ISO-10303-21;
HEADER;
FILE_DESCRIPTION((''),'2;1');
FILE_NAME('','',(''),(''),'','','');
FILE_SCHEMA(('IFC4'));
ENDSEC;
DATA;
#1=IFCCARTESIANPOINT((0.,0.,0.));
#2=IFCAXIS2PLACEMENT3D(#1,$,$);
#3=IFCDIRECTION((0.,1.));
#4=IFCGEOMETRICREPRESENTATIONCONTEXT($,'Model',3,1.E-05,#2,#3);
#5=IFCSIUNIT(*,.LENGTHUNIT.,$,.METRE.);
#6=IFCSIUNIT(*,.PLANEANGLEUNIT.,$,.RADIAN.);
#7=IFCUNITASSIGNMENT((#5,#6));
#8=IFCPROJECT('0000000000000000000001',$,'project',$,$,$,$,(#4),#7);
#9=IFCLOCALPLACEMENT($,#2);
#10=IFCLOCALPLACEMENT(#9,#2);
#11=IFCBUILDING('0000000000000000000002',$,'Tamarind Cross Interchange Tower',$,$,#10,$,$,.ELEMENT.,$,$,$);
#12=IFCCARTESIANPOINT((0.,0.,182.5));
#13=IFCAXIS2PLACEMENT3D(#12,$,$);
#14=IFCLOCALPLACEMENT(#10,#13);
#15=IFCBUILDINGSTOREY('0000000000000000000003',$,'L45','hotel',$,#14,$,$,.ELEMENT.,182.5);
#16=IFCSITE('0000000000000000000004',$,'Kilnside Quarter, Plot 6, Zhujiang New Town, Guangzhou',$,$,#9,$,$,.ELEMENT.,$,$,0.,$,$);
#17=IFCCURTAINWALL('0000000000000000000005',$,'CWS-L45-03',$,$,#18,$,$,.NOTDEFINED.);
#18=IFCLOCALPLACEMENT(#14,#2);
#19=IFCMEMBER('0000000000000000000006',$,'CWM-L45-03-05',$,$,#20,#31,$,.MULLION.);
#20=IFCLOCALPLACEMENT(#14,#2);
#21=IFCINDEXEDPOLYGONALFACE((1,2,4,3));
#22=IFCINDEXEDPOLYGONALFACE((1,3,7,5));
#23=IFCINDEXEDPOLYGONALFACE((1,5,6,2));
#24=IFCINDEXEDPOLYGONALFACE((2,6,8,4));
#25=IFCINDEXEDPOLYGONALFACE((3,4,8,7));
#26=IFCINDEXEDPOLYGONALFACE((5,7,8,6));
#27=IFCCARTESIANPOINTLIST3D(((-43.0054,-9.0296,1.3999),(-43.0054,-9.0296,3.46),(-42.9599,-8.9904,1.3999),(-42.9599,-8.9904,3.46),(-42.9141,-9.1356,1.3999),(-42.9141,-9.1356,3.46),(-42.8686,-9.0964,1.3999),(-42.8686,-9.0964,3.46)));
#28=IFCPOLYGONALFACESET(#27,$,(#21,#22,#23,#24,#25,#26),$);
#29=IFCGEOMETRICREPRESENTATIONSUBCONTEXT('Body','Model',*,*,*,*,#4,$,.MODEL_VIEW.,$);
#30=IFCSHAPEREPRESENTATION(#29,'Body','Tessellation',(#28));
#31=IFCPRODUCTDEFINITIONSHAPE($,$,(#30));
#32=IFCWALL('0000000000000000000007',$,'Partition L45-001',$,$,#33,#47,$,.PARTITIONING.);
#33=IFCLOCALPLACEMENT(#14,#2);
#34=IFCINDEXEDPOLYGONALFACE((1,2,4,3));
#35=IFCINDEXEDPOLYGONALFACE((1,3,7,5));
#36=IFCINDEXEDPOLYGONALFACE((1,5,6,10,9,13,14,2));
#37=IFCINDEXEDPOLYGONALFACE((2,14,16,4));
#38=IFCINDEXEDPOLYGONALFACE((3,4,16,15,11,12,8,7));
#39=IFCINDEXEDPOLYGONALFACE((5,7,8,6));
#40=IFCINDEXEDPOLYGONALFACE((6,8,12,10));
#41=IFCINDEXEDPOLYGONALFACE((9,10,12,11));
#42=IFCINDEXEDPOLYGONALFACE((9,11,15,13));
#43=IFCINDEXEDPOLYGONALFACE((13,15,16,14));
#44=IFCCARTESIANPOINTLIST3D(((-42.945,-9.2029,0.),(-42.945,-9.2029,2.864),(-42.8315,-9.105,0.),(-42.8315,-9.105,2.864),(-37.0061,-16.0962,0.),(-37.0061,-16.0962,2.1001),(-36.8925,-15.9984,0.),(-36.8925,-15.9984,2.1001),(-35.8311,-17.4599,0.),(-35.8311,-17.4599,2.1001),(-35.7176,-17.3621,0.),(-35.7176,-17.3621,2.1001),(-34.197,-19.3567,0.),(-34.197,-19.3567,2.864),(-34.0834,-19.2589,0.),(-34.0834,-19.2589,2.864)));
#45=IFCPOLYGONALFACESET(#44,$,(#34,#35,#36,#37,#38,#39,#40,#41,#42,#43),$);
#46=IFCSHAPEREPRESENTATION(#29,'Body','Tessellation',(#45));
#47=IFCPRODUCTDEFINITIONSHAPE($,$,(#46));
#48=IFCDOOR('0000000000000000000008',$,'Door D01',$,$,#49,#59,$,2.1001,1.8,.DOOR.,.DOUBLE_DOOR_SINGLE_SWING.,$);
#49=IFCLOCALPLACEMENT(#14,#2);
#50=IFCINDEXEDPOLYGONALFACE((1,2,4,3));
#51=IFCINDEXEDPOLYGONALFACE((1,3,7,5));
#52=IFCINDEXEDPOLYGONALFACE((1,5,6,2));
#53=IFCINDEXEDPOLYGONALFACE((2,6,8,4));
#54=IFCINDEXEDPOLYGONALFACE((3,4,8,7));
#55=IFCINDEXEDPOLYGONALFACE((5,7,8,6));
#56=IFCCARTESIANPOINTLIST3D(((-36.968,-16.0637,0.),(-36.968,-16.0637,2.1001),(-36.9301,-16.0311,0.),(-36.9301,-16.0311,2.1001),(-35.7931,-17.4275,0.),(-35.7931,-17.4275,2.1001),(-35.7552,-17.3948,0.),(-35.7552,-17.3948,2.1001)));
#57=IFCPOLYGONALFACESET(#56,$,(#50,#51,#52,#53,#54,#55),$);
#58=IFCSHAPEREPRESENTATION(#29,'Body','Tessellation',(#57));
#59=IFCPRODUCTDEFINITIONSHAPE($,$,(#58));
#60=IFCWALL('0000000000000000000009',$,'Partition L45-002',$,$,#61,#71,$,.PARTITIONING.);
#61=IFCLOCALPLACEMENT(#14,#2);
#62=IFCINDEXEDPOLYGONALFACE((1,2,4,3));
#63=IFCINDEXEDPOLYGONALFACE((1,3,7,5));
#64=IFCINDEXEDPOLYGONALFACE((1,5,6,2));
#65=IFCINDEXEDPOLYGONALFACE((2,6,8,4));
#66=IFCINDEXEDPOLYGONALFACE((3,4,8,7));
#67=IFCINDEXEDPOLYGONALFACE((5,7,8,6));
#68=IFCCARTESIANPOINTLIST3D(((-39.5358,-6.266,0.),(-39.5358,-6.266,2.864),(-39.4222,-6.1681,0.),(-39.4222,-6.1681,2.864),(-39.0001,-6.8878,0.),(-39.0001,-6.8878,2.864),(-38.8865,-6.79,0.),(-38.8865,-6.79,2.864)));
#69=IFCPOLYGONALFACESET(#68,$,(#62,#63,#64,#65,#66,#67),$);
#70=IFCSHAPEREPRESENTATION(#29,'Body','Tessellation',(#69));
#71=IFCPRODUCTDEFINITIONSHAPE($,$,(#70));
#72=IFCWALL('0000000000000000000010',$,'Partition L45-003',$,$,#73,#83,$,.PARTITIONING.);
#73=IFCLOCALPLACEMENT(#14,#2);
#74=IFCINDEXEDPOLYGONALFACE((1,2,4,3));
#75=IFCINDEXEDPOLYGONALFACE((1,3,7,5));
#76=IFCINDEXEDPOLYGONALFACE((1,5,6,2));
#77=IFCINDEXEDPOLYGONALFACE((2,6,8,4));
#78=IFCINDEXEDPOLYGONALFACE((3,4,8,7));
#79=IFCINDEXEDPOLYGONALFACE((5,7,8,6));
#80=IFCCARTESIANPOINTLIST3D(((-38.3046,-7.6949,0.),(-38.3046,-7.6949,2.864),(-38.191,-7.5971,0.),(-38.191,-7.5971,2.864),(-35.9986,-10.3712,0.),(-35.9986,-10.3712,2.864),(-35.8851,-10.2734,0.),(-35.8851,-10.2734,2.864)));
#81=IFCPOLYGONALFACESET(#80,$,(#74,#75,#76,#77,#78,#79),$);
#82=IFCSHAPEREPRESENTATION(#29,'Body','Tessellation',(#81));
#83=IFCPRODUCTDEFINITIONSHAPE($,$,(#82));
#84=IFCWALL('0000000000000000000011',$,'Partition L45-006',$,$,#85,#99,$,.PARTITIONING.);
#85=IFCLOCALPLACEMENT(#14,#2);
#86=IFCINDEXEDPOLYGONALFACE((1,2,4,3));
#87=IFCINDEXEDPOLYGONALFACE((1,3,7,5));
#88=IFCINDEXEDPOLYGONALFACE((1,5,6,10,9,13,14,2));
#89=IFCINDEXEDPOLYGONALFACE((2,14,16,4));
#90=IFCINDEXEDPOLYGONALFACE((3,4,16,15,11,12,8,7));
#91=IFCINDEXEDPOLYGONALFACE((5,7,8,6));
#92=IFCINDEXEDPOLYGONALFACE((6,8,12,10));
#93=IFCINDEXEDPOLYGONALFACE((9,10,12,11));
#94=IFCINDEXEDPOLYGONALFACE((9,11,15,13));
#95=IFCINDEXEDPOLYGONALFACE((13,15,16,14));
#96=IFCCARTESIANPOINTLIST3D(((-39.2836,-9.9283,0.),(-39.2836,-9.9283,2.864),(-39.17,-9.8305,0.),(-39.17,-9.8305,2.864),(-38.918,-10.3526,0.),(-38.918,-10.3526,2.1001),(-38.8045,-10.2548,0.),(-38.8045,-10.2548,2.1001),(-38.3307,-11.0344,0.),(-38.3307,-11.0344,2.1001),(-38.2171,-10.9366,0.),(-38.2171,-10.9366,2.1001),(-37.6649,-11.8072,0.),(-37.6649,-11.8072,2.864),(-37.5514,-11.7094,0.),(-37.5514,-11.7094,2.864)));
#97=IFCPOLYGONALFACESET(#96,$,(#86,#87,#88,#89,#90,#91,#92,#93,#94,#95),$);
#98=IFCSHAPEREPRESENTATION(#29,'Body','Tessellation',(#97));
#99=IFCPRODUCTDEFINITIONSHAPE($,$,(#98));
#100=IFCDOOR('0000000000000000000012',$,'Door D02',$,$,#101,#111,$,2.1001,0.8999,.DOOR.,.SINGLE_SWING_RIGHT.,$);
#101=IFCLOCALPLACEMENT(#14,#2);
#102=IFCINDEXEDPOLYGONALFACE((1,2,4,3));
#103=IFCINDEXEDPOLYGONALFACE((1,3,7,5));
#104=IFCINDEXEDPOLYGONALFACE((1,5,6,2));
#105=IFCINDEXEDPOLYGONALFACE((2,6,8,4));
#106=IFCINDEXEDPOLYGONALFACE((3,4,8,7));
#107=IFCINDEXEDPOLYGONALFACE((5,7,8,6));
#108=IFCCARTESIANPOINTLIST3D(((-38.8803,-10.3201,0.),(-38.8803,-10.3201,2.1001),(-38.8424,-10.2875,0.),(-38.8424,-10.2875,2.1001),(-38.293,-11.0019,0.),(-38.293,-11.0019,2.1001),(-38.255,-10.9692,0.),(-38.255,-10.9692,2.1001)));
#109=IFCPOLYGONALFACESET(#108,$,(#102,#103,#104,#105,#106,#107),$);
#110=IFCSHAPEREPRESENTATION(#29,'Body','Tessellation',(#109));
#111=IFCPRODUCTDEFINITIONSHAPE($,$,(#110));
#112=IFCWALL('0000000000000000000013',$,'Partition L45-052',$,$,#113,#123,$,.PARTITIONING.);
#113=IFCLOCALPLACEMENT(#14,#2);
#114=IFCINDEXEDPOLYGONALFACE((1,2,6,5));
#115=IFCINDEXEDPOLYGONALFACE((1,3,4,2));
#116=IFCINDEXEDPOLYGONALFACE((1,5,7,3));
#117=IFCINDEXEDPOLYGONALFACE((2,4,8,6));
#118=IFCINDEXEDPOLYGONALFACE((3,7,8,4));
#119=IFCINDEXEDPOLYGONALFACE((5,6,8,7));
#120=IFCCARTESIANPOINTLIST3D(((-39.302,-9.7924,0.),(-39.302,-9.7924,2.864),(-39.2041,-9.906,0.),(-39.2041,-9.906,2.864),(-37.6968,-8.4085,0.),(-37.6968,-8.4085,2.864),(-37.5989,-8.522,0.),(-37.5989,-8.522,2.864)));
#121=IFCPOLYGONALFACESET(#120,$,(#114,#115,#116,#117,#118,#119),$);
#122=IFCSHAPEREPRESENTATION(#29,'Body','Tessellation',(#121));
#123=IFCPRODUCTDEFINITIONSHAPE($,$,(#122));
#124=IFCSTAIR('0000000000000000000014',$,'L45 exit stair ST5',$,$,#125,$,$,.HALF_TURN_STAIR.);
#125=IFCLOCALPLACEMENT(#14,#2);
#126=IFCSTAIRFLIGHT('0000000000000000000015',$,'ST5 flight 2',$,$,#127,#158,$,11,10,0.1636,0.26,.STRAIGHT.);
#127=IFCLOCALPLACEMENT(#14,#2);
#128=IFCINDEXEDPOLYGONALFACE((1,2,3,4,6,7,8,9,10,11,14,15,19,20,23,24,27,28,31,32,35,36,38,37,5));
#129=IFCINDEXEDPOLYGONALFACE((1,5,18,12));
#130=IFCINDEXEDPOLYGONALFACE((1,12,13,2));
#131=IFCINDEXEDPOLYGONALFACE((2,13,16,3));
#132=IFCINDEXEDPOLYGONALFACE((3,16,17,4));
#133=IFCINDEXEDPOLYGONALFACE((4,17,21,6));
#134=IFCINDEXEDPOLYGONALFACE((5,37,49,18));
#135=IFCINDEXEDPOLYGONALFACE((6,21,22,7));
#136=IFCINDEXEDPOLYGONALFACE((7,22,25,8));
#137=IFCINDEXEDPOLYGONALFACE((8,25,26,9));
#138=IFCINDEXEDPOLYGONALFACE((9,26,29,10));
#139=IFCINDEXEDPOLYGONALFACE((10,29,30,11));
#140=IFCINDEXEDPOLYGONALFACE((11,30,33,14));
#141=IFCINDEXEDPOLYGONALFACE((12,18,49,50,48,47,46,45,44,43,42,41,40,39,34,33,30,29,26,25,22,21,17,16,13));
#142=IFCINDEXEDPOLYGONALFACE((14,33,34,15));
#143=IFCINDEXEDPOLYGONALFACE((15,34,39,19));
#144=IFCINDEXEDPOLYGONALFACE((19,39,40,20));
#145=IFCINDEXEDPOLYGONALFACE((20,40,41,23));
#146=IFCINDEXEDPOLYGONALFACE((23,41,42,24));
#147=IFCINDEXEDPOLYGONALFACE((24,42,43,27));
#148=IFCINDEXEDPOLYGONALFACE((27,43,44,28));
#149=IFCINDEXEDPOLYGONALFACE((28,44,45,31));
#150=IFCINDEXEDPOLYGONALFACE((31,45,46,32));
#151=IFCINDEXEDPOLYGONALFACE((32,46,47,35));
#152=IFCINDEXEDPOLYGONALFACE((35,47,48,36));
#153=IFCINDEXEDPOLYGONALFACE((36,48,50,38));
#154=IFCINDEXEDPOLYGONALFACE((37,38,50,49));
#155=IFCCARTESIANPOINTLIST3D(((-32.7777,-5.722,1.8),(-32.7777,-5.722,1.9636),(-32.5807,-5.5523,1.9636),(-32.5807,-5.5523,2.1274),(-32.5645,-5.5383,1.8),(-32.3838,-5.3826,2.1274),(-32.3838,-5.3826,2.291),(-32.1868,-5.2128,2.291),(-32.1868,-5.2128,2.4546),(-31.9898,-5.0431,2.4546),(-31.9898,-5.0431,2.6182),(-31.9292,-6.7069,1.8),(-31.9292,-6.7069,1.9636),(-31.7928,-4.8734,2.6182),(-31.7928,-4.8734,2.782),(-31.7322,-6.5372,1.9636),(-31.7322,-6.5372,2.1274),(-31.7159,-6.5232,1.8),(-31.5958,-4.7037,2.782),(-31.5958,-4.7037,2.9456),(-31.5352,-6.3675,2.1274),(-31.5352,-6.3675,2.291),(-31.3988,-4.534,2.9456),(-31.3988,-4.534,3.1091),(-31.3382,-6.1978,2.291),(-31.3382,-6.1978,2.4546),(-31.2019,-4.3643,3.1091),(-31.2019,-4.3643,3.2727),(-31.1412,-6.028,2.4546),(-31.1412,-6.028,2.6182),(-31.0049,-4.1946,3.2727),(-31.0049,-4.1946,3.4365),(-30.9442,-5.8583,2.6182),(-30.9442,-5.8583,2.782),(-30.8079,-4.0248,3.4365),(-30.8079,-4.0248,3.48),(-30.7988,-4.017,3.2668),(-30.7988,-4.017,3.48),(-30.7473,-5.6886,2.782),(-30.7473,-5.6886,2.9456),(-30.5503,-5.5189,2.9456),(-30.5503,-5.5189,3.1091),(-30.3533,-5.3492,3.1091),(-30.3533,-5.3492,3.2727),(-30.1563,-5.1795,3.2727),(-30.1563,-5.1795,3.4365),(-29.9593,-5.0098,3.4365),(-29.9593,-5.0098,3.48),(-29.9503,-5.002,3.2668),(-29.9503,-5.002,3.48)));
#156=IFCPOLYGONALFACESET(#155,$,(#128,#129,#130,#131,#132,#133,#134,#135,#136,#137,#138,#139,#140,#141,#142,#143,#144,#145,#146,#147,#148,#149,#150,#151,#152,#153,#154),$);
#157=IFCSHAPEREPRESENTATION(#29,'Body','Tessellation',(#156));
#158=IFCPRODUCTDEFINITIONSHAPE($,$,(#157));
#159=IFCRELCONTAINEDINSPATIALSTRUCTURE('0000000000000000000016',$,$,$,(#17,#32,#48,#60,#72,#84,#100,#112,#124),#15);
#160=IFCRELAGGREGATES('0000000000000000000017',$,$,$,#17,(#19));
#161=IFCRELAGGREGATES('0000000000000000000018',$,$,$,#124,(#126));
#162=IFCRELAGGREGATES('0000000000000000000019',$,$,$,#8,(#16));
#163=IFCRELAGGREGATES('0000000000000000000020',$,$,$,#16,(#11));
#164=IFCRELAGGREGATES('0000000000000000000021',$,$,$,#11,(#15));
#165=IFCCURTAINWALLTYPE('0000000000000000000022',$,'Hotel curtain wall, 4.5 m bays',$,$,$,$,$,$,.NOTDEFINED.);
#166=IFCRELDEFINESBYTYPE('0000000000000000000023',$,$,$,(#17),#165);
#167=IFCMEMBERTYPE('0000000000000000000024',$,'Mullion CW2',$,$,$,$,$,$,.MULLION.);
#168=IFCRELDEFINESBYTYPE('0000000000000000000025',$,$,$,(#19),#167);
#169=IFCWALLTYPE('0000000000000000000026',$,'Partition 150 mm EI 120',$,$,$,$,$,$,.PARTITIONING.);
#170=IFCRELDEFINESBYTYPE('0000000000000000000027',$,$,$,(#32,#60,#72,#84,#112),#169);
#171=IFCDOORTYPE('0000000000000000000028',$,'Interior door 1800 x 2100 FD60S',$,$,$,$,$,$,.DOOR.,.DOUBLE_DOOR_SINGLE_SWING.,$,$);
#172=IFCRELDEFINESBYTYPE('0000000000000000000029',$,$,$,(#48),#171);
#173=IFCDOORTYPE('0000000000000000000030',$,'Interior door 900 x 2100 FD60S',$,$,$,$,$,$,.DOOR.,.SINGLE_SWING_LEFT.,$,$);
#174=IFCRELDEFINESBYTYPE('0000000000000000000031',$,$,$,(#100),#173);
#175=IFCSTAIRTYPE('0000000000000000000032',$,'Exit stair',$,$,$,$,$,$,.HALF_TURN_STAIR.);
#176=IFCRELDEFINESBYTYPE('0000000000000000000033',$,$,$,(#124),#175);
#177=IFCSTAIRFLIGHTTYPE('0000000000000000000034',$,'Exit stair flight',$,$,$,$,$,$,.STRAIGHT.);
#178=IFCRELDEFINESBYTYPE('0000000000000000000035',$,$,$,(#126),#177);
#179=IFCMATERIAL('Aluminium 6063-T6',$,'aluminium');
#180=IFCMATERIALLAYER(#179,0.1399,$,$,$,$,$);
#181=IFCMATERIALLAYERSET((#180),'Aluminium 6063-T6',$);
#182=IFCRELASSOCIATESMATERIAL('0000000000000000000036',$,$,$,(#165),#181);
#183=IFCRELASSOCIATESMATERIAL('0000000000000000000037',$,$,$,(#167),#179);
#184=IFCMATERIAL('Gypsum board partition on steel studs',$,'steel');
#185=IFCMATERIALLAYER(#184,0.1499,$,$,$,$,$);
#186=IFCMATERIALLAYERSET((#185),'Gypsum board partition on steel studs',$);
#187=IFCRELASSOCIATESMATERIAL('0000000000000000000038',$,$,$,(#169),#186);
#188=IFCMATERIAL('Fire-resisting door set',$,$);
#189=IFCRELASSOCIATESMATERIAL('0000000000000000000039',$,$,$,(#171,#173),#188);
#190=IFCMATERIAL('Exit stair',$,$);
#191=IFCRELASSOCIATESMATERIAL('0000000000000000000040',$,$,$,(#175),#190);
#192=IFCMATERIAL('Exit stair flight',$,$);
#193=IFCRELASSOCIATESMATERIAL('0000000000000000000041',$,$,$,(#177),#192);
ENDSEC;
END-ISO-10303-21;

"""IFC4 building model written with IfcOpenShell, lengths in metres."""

from ifc_helpers import new_model, si_unit, direction, frame, frame_2d, origin, origin_2d, place, context, subcontext, project, spatial, polyline, rectangle, outline, extrude, material, layer, layer_set, material_profile, profile_set, type_object, element, fill, aggregate, save


model = new_model("IFC4")

# Units and contexts
model_context = context("Model", 3, precision=1e-05, world=origin(), true_north=direction((0.0, 1.0)))
body_context = subcontext(model_context, "Body", "Model", "MODEL_VIEW")
ifc_project = project(units=[si_unit("LENGTHUNIT", "METRE"), si_unit("PLANEANGLEUNIT", "RADIAN")], contexts=[model_context])

# Site, building, storey
site_placement = place(None, origin())
site = spatial("IfcSite", under=ifc_project, at=site_placement, Name="Kilnside Quarter, Plot 6, Zhujiang New Town, Guangzhou", CompositionType="ELEMENT", RefElevation=0.0)
building_placement = place(site_placement, origin())
building = spatial("IfcBuilding", under=site, at=building_placement, Name="Tamarind Cross Interchange Tower", CompositionType="ELEMENT")
storey_placement = place(building_placement, frame((0.0, 0.0, 182.5)))
storey = spatial("IfcBuildingStorey", under=building, at=storey_placement, Name="L45", Description="hotel", CompositionType="ELEMENT", Elevation=182.5)

# Curtain wall, member
ifc_material_1 = material(Name="Aluminium 6063-T6", Category="aluminium")
ifc_layer_1 = layer(ifc_material_1, 0.1399)
ifc_layer_set_1 = layer_set([ifc_layer_1], Name="Aluminium 6063-T6")
curtain_wall_type = type_object("IfcCurtainWallType", Name="Hotel curtain wall, 4.5 m bays", PredefinedType="NOTDEFINED", material=ifc_layer_set_1)
curtain_wall_placement = place(storey_placement, origin())
curtain_wall = element("IfcCurtainWall", 1, at=curtain_wall_placement, inside=storey, type_object=curtain_wall_type, Name="CWS-L45-03", PredefinedType="NOTDEFINED")
ifc_material_profile_1 = material_profile(ifc_material_1, rectangle(XDim=0.0601, YDim=0.1399, at=origin_2d()), Name="Mullion CW2")
ifc_profile_set_1 = profile_set([ifc_material_profile_1], Name="Aluminium 6063-T6")
member_type = type_object("IfcMemberType", Name="Mullion CW2", PredefinedType="MULLION", material=ifc_profile_set_1)
member_1_placement = place(storey_placement, frame((-42.937, -9.063, 1.3999), z_axis=(0.0, 0.0, 1.0), x_axis=(-0.757597, -0.652723, 0.0)))
member_1 = element("IfcMember", 2, at=member_1_placement, type_object=member_type, Name="CWM-L45-03-05", PredefinedType="MULLION", context=body_context, shape_type="SweptSolid", body=[
    extrude(rectangle(XDim=0.0601, YDim=0.1399, at=origin_2d()), origin(), (0.0, 0.0, 1.0), 2.0601),
])
aggregate(curtain_wall, [member_1])

# Wall, opening, door
ifc_material_2 = material(Name="Gypsum board partition on steel studs", Category="steel")
ifc_layer_2 = layer(ifc_material_2, 0.1499)
ifc_layer_set_2 = layer_set([ifc_layer_2], Name="Gypsum board partition on steel studs")
wall_type = type_object("IfcWallType", Name="Partition 150 mm EI 120", PredefinedType="PARTITIONING", material=ifc_layer_set_2)
wall_1_placement = place(storey_placement, frame((-42.8882, -9.1541, 0.0), z_axis=(0.0, 0.0, 1.0), x_axis=(0.652715, -0.757603, 0.0)))
wall_1 = element("IfcWall", 3, at=wall_1_placement, inside=storey, type_object=wall_type, Name="Partition L45-001", PredefinedType="PARTITIONING", context=body_context, shape_type="SweptSolid", body=[
    extrude(rectangle(XDim=13.4026, YDim=0.1499, at=frame_2d((6.7012, 0.0))), origin(), (0.0, 0.0, 1.0), 2.864),
])
opening_1_placement = place(wall_1_placement, frame((9.0989, 0.0, 0.0)))
opening_1 = element("IfcOpeningElement", 4, at=opening_1_placement, cuts=wall_1, PredefinedType="OPENING", context=body_context, shape_type="SweptSolid", body=[
    extrude(rectangle(XDim=1.8, YDim=2.1001, at=frame_2d((0.8999, 1.05))), frame((0.0, 0.085, 0.0), z_axis=(0.0, -1.0, 0.0), x_axis=(1.0, 0.0, 0.0)), (0.0, 0.0, 1.0), 0.1699),
])
ifc_material_3 = material(Name="Fire-resisting door set")
door_type_1 = type_object("IfcDoorType", Name="Interior door 1800 x 2100 FD60S", OperationType="DOUBLE_DOOR_SINGLE_SWING", PredefinedType="DOOR", material=ifc_material_3)
door_1_placement = place(opening_1_placement, frame((1.8, 0.0, 0.0), z_axis=(0.0, 0.0, 1.0), x_axis=(-1.0, 0.0, 0.0)))
door_1 = element("IfcDoor", 5, at=door_1_placement, inside=storey, type_object=door_type_1, Name="Door D01", OperationType="DOUBLE_DOOR_SINGLE_SWING", OverallHeight=2.1001, OverallWidth=1.8, PredefinedType="DOOR", context=body_context, shape_type="SweptSolid", body=[
    extrude(rectangle(XDim=1.8, YDim=2.1001, at=frame_2d((0.8999, 1.05))), frame((0.0, 0.0249, 0.0), z_axis=(0.0, -1.0, 0.0), x_axis=(1.0, 0.0, 0.0)), (0.0, 0.0, 1.0), 0.05),
])
fill(opening_1, door_1)

# Walls
wall_2_placement = place(storey_placement, frame((-39.479, -6.217, 0.0), z_axis=(0.0, 0.0, 1.0), x_axis=(0.652651, -0.757658, 0.0)))
element("IfcWall", 6, at=wall_2_placement, inside=storey, type_object=wall_type, Name="Partition L45-002", PredefinedType="PARTITIONING", context=body_context, shape_type="SweptSolid", body=[
    extrude(rectangle(XDim=0.8208, YDim=0.1499, at=frame_2d((0.4104, 0.0))), origin(), (0.0, 0.0, 1.0), 2.864),
])
wall_3_placement = place(storey_placement, frame((-38.2478, -7.646, 0.0), z_axis=(0.0, 0.0, 1.0), x_axis=(0.652741, -0.757581, 0.0)))
element("IfcWall", 7, at=wall_3_placement, inside=storey, type_object=wall_type, Name="Partition L45-003", PredefinedType="PARTITIONING", context=body_context, shape_type="SweptSolid", body=[
    extrude(rectangle(XDim=3.5327, YDim=0.1499, at=frame_2d((1.7664, 0.0))), origin(), (0.0, 0.0, 1.0), 2.864),
])

# Wall, opening, door
wall_4_placement = place(storey_placement, frame((-39.2268, -9.8794, 0.0), z_axis=(0.0, 0.0, 1.0), x_axis=(0.652686, -0.757628, 0.0)))
wall_4 = element("IfcWall", 8, at=wall_4_placement, inside=storey, type_object=wall_type, Name="Partition L45-006", PredefinedType="PARTITIONING", context=body_context, shape_type="SweptSolid", body=[
    extrude(rectangle(XDim=2.48, YDim=0.1499, at=frame_2d((1.24, 0.0))), origin(), (0.0, 0.0, 1.0), 2.864),
])
opening_2_placement = place(wall_4_placement, frame((0.5601, 0.0, 0.0)))
opening_2 = element("IfcOpeningElement", 9, at=opening_2_placement, cuts=wall_4, PredefinedType="OPENING", context=body_context, shape_type="SweptSolid", body=[
    extrude(rectangle(XDim=0.8999, YDim=2.1001, at=frame_2d((0.45, 1.05))), frame((0.0, 0.085, 0.0), z_axis=(0.0, -1.0, 0.0), x_axis=(1.0, 0.0, 0.0)), (0.0, 0.0, 1.0), 0.1699),
])
door_type_2 = type_object("IfcDoorType", Name="Interior door 900 x 2100 FD60S", OperationType="SINGLE_SWING_LEFT", PredefinedType="DOOR", material=ifc_material_3)
door_2_placement = place(opening_2_placement, origin())
door_2 = element("IfcDoor", 10, at=door_2_placement, inside=storey, type_object=door_type_2, Name="Door D02", OperationType="SINGLE_SWING_RIGHT", OverallHeight=2.1001, OverallWidth=0.8999, PredefinedType="DOOR", context=body_context, shape_type="SweptSolid", body=[
    extrude(rectangle(XDim=0.8999, YDim=2.1001, at=frame_2d((0.45, 1.05))), frame((0.0, 0.0249, 0.0), z_axis=(0.0, -1.0, 0.0), x_axis=(1.0, 0.0, 0.0)), (0.0, 0.0, 1.0), 0.05),
])
fill(opening_2, door_2)

# Wall
wall_5_placement = place(storey_placement, frame((-39.2529, -9.8491, 0.0), z_axis=(0.0, 0.0, 1.0), x_axis=(0.757359, 0.652999, 0.0)))
element("IfcWall", 11, at=wall_5_placement, inside=storey, type_object=wall_type, Name="Partition L45-052", PredefinedType="PARTITIONING", context=body_context, shape_type="SweptSolid", body=[
    extrude(rectangle(XDim=2.1194, YDim=0.1499, at=frame_2d((1.0596, 0.0))), origin(), (0.0, 0.0, 1.0), 2.864),
])

# Stair, stair flight
ifc_material_4 = material(Name="Exit stair")
stair_type = type_object("IfcStairType", Name="Exit stair", PredefinedType="HALF_TURN_STAIR", material=ifc_material_4)
stair_placement = place(storey_placement, origin())
stair = element("IfcStair", 12, at=stair_placement, inside=storey, type_object=stair_type, Name="L45 exit stair ST5", PredefinedType="HALF_TURN_STAIR")
ifc_material_5 = material(Name="Exit stair flight")
stair_flight_type = type_object("IfcStairFlightType", Name="Exit stair flight", PredefinedType="STRAIGHT", material=ifc_material_5)
stair_flight_placement = place(storey_placement, frame((-32.3535, -6.2144, 1.8), z_axis=(0.0, 0.0, 1.0), x_axis=(0.757597, 0.652723, 0.0)))
stair_flight = element("IfcStairFlight", 13, at=stair_flight_placement, type_object=stair_flight_type, Name="ST5 flight 2", NumberOfRisers=11, NumberOfTreads=10, PredefinedType="STRAIGHT", RiserHeight=0.1636, TreadLength=0.26, context=body_context, shape_type="SweptSolid", body=[
    extrude(outline(polyline([(0.0, 0.0), (0.0, 0.1636), (0.26, 0.1636), (0.26, 0.3274), (0.52, 0.3274), (0.52, 0.491), (0.78, 0.491), (0.78, 0.6545), (1.04, 0.6545), (1.04, 0.8181), (1.3, 0.8181), (1.3, 0.9819), (1.5601, 0.9819), (1.5601, 1.1455), (1.8201, 1.1455), (1.8201, 1.3091), (2.0801, 1.3091), (2.0801, 1.4727), (2.3401, 1.4727), (2.3401, 1.6365), (2.6001, 1.6365), (2.6001, 1.6799), (2.6121, 1.6799), (2.6121, 1.4668), (0.2815, 0.0), (0.0, 0.0)])), frame((0.0, 0.6499, 0.0), z_axis=(0.0, -1.0, 0.0), x_axis=(1.0, 0.0, 0.0)), (0.0, 0.0, 1.0), 1.3),
])
aggregate(stair, [stair_flight])

save(model, "model.ifc")
